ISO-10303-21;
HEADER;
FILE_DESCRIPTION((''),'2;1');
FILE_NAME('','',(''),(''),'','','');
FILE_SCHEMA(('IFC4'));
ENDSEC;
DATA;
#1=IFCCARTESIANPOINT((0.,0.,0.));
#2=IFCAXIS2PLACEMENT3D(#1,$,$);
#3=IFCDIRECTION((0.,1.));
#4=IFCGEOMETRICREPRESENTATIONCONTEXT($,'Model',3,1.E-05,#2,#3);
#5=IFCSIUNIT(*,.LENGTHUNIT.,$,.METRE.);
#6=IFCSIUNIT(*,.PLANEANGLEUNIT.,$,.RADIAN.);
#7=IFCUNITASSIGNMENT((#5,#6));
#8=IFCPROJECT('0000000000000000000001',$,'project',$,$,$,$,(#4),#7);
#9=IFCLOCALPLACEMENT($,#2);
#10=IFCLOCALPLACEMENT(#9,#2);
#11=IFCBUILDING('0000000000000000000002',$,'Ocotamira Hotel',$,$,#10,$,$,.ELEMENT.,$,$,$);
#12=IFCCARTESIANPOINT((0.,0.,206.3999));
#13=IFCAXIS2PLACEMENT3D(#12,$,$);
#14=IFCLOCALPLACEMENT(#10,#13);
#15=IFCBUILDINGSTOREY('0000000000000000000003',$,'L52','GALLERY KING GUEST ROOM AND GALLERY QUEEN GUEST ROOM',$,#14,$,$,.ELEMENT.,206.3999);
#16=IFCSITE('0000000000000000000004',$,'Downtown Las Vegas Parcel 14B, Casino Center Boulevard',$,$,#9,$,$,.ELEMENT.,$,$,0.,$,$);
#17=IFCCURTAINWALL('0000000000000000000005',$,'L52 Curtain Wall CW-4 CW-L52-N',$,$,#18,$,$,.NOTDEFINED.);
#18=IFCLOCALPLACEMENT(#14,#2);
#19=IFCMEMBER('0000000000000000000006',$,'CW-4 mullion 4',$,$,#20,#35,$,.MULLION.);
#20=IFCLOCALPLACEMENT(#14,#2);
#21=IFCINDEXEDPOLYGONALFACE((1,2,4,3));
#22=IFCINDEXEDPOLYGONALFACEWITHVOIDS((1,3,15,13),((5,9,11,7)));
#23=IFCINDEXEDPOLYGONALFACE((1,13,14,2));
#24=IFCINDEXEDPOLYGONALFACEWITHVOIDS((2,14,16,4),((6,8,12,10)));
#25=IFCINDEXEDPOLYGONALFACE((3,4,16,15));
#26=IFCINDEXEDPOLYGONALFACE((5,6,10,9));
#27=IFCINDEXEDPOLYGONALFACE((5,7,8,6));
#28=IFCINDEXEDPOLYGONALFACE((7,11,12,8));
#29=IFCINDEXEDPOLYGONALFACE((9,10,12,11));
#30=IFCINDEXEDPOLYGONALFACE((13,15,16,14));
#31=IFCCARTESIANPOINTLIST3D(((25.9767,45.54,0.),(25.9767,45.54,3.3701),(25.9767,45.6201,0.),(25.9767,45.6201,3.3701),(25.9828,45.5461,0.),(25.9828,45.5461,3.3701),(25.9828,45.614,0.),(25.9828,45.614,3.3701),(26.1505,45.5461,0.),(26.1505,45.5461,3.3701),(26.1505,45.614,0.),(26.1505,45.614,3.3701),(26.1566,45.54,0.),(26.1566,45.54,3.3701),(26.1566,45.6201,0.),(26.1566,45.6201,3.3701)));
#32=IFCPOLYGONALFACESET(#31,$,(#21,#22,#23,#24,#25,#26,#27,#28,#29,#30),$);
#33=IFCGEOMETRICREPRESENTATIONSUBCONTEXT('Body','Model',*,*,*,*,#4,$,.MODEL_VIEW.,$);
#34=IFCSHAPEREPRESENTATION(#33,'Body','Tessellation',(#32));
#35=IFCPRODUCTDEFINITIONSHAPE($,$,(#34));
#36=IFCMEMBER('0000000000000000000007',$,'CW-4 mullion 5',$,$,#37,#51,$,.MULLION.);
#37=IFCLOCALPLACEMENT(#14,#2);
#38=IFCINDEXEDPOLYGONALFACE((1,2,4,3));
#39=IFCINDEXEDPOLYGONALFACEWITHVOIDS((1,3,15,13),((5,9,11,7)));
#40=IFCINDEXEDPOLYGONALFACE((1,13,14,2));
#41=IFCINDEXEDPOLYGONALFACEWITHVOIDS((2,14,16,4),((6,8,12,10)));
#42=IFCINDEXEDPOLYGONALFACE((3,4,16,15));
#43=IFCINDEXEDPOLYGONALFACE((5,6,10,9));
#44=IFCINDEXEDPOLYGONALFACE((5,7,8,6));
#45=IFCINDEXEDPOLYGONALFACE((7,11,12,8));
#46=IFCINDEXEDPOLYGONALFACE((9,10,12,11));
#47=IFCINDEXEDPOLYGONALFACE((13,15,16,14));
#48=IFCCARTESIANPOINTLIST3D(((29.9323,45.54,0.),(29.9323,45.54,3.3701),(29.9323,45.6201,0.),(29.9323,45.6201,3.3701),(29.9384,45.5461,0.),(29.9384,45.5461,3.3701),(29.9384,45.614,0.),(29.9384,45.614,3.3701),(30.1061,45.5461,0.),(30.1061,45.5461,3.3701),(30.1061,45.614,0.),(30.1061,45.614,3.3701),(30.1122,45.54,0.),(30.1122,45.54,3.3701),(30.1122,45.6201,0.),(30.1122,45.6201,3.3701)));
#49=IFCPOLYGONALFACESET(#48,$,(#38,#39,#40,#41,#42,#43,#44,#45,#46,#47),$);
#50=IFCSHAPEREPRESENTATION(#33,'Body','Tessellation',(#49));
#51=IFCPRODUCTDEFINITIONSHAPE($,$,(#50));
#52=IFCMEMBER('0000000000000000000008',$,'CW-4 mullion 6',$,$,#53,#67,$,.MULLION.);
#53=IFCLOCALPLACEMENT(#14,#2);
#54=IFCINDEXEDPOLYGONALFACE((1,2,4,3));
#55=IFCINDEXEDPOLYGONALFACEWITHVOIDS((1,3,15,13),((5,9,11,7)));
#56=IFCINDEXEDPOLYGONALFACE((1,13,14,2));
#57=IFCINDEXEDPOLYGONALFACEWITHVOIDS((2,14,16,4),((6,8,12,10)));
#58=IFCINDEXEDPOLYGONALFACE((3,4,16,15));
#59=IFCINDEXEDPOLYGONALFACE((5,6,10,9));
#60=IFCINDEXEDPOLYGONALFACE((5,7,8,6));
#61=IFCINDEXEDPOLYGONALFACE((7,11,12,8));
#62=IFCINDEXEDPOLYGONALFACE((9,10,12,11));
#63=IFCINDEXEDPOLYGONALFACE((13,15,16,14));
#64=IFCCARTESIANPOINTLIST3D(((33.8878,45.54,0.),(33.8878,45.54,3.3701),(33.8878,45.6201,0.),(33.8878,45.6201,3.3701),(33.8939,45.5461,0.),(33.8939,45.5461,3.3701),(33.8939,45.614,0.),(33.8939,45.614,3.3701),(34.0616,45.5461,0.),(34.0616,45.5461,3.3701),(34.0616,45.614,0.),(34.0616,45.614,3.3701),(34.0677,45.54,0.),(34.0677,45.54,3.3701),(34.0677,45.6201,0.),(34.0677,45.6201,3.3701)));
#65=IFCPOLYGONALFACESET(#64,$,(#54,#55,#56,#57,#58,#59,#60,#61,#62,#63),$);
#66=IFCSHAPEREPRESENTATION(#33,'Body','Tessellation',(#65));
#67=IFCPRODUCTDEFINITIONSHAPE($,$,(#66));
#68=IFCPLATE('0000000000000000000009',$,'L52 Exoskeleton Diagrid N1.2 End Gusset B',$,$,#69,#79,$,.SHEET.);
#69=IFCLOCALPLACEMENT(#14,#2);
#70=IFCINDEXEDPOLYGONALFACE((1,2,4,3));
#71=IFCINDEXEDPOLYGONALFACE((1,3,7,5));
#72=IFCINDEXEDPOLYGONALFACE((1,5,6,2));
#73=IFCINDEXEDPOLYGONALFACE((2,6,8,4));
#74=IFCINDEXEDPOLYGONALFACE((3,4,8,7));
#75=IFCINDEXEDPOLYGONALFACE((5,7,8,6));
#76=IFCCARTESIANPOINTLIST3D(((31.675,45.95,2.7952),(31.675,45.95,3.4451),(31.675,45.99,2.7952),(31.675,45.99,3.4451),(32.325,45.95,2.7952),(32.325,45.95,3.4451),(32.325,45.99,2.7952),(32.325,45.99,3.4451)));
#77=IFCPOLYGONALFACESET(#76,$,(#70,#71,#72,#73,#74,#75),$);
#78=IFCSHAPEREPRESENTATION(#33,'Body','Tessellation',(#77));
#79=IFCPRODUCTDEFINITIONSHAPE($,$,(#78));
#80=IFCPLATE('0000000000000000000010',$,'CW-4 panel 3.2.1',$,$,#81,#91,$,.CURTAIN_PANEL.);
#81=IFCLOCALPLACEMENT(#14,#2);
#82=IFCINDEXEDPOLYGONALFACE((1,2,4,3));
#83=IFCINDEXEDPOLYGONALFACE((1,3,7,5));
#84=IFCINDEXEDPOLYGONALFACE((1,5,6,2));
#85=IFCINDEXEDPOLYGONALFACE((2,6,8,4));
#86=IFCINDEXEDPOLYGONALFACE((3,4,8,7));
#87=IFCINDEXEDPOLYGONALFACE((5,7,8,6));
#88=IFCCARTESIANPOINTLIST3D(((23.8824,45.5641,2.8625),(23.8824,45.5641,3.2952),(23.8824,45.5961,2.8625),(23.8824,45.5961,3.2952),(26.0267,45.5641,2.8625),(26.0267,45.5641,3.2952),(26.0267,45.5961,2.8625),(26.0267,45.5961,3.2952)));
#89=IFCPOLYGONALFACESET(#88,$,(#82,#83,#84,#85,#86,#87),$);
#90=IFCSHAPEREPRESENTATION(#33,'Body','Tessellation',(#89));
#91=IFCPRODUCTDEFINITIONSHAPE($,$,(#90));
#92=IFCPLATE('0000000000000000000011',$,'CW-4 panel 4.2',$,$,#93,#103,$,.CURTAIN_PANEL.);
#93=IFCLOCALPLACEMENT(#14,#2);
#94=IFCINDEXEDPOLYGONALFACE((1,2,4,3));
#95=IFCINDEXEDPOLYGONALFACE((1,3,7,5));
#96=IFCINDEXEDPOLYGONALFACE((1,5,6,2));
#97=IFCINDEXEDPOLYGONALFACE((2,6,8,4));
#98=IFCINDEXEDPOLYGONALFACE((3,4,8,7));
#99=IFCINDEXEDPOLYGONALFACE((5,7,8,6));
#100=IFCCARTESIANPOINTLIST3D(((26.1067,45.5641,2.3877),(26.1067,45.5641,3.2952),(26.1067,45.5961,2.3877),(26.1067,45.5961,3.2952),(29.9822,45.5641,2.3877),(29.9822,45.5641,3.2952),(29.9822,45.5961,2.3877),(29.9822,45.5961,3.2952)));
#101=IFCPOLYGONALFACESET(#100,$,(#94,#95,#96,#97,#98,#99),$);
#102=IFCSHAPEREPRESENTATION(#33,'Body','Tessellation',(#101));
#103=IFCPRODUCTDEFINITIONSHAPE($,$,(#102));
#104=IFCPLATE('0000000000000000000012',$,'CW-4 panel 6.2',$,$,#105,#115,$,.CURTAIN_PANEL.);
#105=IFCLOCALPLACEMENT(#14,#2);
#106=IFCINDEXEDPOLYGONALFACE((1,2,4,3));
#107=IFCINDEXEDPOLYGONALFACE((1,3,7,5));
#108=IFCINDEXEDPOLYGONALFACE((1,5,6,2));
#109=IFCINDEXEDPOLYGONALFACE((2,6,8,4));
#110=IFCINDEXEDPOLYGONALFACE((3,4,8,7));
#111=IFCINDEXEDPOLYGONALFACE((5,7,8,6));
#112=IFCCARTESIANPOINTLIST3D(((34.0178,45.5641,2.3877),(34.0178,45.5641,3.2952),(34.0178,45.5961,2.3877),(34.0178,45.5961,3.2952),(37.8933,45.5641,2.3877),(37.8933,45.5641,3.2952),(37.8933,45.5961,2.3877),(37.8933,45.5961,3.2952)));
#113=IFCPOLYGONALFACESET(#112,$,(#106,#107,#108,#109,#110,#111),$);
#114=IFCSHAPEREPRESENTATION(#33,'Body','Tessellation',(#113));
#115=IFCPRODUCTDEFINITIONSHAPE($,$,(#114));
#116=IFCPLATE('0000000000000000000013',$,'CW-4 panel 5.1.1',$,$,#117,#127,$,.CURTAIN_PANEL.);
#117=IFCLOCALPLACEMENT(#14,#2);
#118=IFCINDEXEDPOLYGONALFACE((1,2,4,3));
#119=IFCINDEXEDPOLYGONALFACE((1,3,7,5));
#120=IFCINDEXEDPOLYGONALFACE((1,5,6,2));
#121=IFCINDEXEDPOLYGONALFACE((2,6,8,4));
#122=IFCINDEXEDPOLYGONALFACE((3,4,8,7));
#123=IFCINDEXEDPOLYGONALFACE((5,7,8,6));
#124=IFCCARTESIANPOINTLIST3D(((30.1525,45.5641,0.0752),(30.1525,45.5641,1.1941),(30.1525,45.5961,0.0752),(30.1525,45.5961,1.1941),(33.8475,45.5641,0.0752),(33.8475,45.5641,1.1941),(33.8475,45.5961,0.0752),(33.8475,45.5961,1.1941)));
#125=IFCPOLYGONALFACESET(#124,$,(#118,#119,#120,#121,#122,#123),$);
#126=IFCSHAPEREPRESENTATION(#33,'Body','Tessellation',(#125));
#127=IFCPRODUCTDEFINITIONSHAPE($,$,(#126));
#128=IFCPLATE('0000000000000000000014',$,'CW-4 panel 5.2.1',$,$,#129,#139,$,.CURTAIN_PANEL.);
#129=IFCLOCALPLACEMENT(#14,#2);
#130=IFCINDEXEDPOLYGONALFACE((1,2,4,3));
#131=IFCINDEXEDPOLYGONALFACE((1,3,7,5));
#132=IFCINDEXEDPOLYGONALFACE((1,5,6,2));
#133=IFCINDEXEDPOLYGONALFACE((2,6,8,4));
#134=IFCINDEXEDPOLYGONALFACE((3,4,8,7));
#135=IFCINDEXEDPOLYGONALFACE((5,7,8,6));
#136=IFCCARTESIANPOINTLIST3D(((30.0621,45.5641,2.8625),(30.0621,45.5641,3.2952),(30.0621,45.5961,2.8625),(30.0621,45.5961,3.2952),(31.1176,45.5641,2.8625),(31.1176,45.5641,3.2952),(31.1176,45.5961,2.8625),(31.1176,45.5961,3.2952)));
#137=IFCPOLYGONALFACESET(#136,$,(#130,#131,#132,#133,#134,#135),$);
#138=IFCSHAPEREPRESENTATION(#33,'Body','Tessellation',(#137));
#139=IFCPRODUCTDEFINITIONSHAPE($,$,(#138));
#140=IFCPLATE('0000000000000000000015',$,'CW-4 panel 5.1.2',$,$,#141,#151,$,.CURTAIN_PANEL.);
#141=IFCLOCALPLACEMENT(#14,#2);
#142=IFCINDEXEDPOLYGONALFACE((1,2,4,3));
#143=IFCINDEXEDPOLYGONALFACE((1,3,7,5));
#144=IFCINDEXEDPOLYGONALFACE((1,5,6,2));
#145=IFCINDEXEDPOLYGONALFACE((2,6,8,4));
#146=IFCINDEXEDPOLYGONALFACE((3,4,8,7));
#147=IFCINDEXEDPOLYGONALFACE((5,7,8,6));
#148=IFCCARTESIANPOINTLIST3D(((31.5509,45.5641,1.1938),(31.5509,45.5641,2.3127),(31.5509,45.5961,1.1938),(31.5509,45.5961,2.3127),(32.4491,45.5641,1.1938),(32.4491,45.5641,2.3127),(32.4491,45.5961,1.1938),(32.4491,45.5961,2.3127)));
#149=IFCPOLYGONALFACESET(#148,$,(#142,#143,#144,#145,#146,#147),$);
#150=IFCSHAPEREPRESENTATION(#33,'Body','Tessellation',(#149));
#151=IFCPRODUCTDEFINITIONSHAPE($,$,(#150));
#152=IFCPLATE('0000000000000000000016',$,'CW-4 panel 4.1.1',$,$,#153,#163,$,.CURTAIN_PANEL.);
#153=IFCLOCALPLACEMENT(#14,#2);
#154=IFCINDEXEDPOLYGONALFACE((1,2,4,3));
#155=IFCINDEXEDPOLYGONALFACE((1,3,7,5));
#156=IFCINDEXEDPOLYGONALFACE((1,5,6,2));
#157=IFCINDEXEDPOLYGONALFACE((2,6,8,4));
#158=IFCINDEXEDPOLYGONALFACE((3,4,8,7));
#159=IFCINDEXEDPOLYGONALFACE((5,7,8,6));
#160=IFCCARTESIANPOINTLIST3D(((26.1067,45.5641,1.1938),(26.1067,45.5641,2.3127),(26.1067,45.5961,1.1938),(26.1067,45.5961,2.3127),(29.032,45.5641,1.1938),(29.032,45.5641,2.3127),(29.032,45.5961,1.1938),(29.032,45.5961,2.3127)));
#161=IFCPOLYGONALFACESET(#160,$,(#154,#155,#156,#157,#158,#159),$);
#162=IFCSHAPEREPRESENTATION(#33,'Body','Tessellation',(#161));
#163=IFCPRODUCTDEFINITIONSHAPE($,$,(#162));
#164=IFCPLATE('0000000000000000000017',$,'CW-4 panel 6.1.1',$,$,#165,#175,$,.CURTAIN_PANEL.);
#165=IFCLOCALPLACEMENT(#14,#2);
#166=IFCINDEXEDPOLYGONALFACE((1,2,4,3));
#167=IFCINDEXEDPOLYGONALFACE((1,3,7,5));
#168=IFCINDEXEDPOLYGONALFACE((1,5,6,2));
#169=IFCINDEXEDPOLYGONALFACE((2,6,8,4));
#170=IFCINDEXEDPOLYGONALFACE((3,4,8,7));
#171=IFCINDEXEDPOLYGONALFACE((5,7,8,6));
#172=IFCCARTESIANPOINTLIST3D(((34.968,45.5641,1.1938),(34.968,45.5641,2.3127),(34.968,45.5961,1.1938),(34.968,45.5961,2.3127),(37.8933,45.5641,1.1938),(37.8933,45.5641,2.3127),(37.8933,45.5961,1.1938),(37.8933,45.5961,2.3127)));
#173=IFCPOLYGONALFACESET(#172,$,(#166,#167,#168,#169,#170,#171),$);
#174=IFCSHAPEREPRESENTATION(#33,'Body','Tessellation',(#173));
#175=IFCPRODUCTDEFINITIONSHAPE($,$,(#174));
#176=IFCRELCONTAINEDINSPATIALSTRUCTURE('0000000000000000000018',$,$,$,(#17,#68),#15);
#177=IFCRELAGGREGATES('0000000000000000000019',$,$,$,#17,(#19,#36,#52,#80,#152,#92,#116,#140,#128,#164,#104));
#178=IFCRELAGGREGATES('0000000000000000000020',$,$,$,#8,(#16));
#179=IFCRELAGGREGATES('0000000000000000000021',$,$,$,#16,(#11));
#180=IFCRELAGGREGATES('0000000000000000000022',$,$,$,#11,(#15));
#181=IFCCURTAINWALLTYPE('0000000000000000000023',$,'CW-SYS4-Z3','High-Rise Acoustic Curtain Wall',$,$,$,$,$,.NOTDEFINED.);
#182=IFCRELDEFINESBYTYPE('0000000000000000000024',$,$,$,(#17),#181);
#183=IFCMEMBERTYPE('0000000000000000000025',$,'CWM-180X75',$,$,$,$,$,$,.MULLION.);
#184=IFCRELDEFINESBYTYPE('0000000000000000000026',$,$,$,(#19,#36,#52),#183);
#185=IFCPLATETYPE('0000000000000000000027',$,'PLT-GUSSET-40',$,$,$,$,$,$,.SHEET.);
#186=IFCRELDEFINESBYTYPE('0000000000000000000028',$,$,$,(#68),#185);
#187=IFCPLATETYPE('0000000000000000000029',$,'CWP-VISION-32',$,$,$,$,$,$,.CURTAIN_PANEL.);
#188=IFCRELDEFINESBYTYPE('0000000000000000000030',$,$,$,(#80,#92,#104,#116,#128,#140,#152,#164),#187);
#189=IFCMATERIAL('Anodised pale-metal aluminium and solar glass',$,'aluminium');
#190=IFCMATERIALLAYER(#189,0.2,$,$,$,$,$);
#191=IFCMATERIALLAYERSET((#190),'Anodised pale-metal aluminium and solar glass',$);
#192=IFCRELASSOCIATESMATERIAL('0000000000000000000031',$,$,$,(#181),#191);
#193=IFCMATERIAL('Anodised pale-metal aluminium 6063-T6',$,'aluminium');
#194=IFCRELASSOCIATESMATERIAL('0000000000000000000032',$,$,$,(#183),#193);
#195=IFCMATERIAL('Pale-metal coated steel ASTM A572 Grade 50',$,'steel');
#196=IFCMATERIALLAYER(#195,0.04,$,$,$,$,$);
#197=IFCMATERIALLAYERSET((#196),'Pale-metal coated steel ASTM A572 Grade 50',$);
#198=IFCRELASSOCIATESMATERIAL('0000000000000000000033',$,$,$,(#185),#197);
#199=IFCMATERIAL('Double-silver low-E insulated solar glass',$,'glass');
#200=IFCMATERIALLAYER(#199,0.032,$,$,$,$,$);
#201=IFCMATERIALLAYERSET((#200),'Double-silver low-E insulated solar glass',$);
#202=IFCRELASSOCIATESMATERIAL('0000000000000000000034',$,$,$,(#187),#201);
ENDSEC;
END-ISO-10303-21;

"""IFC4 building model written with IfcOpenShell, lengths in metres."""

from ifc_helpers import new_model, si_unit, direction, frame, origin, origin_2d, place, context, subcontext, project, spatial, rectangle, hollow_rectangle, extrude, source, transform, mapped, material, layer, layer_set, material_profile, profile_set, type_object, element, aggregate, save


model = new_model("IFC4")

# Units and contexts
model_context = context("Model", 3, precision=1e-05, world=origin(), true_north=direction((0.0, 1.0)))
body_context = subcontext(model_context, "Body", "Model", "MODEL_VIEW")
ifc_project = project(units=[si_unit("LENGTHUNIT", "METRE"), si_unit("PLANEANGLEUNIT", "RADIAN")], contexts=[model_context])

# Site, building, storey
site_placement = place(None, origin())
site = spatial("IfcSite", under=ifc_project, at=site_placement, Name="Downtown Las Vegas Parcel 14B, Casino Center Boulevard", CompositionType="ELEMENT", RefElevation=0.0)
building_placement = place(site_placement, origin())
building = spatial("IfcBuilding", under=site, at=building_placement, Name="Ocotamira Hotel", CompositionType="ELEMENT")
storey_placement = place(building_placement, frame((0.0, 0.0, 206.3999)))
storey = spatial("IfcBuildingStorey", under=building, at=storey_placement, Name="L52", Description="GALLERY KING GUEST ROOM AND GALLERY QUEEN GUEST ROOM", CompositionType="ELEMENT", Elevation=206.3999)

# Curtain wall, members
ifc_material_1 = material(Name="Anodised pale-metal aluminium and solar glass", Category="aluminium")
ifc_layer_1 = layer(ifc_material_1, 0.2)
ifc_layer_set_1 = layer_set([ifc_layer_1], Name="Anodised pale-metal aluminium and solar glass")
curtain_wall_type = type_object("IfcCurtainWallType", Name="CW-SYS4-Z3", Description="High-Rise Acoustic Curtain Wall", PredefinedType="NOTDEFINED", material=ifc_layer_set_1)
curtain_wall_placement = place(storey_placement, origin())
curtain_wall = element("IfcCurtainWall", 1, at=curtain_wall_placement, inside=storey, type_object=curtain_wall_type, Name="L52 Curtain Wall CW-4 CW-L52-N", PredefinedType="NOTDEFINED")
ifc_material_2 = material(Name="Anodised pale-metal aluminium 6063-T6", Category="aluminium")
ifc_material_profile_1 = material_profile(ifc_material_2, hollow_rectangle(XDim=0.0801, YDim=0.1799, WallThickness=0.0061, at=origin_2d()), Name="HSS180X80X6")
ifc_profile_set_1 = profile_set([ifc_material_profile_1], Name="Anodised pale-metal aluminium 6063-T6")
member_type_1 = type_object("IfcMemberType", Name="CWM-180X75", PredefinedType="MULLION", material=ifc_profile_set_1)
shared_shape_1 = source(origin(), body_context, "Body", "SweptSolid", [
    extrude(hollow_rectangle(XDim=0.0801, YDim=0.1799, WallThickness=0.0061, at=origin_2d()), origin(), (0.0, 0.0, 1.0), 3.3701),
])
member_1_placement = place(storey_placement, frame((26.0667, 45.5801, 0.0), z_axis=(0.0, 0.0, 1.0), x_axis=(0.0, 1.0, 0.0)))
member_1 = element("IfcMember", 2, at=member_1_placement, type_object=member_type_1, Name="CW-4 mullion 4", PredefinedType="MULLION", context=body_context, shape_type="MappedRepresentation", body=[
    mapped(shared_shape_1, transform((0.0, 0.0, 0.0), scale=1.0)),
])
member_2_placement = place(storey_placement, frame((30.0222, 45.5801, 0.0), z_axis=(0.0, 0.0, 1.0), x_axis=(0.0, 1.0, 0.0)))
member_2 = element("IfcMember", 3, at=member_2_placement, type_object=member_type_1, Name="CW-4 mullion 5", PredefinedType="MULLION", context=body_context, shape_type="MappedRepresentation", body=[
    mapped(shared_shape_1, transform((0.0, 0.0, 0.0), scale=1.0)),
])
member_3_placement = place(storey_placement, frame((33.9778, 45.5801, 0.0), z_axis=(0.0, 0.0, 1.0), x_axis=(0.0, 1.0, 0.0)))
member_3 = element("IfcMember", 4, at=member_3_placement, type_object=member_type_1, Name="CW-4 mullion 6", PredefinedType="MULLION", context=body_context, shape_type="MappedRepresentation", body=[
    mapped(shared_shape_1, transform((0.0, 0.0, 0.0), scale=1.0)),
])

# Plates
ifc_material_3 = material(Name="Pale-metal coated steel ASTM A572 Grade 50", Category="steel")
ifc_layer_2 = layer(ifc_material_3, 0.04)
ifc_layer_set_2 = layer_set([ifc_layer_2], Name="Pale-metal coated steel ASTM A572 Grade 50")
plate_type_1 = type_object("IfcPlateType", Name="PLT-GUSSET-40", PredefinedType="SHEET", material=ifc_layer_set_2)
shared_shape_2 = source(origin(), body_context, "Body", "SweptSolid", [
    extrude(rectangle(XDim=0.6499, YDim=0.04, at=origin_2d()), origin(), (0.0, 0.0, 1.0), 0.6499),
])
plate_1_placement = place(storey_placement, frame((32.0, 45.97, 2.7952), z_axis=(0.0, 0.0, 1.0), x_axis=(1.0, 0.0, 0.0)))
element("IfcPlate", 5, at=plate_1_placement, inside=storey, type_object=plate_type_1, Name="L52 Exoskeleton Diagrid N1.2 End Gusset B", PredefinedType="SHEET", context=body_context, shape_type="MappedRepresentation", body=[
    mapped(shared_shape_2, transform((0.0, 0.0, 0.0), scale=1.0)),
])
ifc_material_4 = material(Name="Double-silver low-E insulated solar glass", Category="glass")
ifc_layer_3 = layer(ifc_material_4, 0.032)
ifc_layer_set_3 = layer_set([ifc_layer_3], Name="Double-silver low-E insulated solar glass")
plate_type_2 = type_object("IfcPlateType", Name="CWP-VISION-32", PredefinedType="CURTAIN_PANEL", material=ifc_layer_set_3)
shared_shape_3 = source(origin(), body_context, "Body", "SweptSolid", [
    extrude(rectangle(XDim=2.1443, YDim=0.032, at=origin_2d()), origin(), (0.0, 0.0, 1.0), 0.4326),
])
plate_2_placement = place(storey_placement, frame((24.9546, 45.5801, 2.8625), z_axis=(0.0, 0.0, 1.0), x_axis=(1.0, 0.0, 0.0)))
plate_2 = element("IfcPlate", 6, at=plate_2_placement, type_object=plate_type_2, Name="CW-4 panel 3.2.1", PredefinedType="CURTAIN_PANEL", context=body_context, shape_type="MappedRepresentation", body=[
    mapped(shared_shape_3, transform((0.0, 0.0, 0.0), scale=1.0)),
])
shared_shape_4 = source(origin(), body_context, "Body", "SweptSolid", [
    extrude(rectangle(XDim=3.8755, YDim=0.032, at=origin_2d()), origin(), (0.0, 0.0, 1.0), 0.9075),
])
plate_3_placement = place(storey_placement, frame((28.0444, 45.5801, 2.3877), z_axis=(0.0, 0.0, 1.0), x_axis=(1.0, 0.0, 0.0)))
plate_3 = element("IfcPlate", 7, at=plate_3_placement, type_object=plate_type_2, Name="CW-4 panel 4.2", PredefinedType="CURTAIN_PANEL", context=body_context, shape_type="MappedRepresentation", body=[
    mapped(shared_shape_4, transform((0.0, 0.0, 0.0), scale=1.0)),
])
plate_4_placement = place(storey_placement, frame((35.9556, 45.5801, 2.3877), z_axis=(0.0, 0.0, 1.0), x_axis=(1.0, 0.0, 0.0)))
plate_4 = element("IfcPlate", 8, at=plate_4_placement, type_object=plate_type_2, Name="CW-4 panel 6.2", PredefinedType="CURTAIN_PANEL", context=body_context, shape_type="MappedRepresentation", body=[
    mapped(shared_shape_4, transform((0.0, 0.0, 0.0), scale=1.0)),
])
shared_shape_5 = source(origin(), body_context, "Body", "SweptSolid", [
    extrude(rectangle(XDim=3.6951, YDim=0.032, at=origin_2d()), origin(), (0.0, 0.0, 1.0), 1.1189),
])
plate_5_placement = place(storey_placement, frame((32.0, 45.5801, 0.0752), z_axis=(0.0, 0.0, 1.0), x_axis=(1.0, 0.0, 0.0)))
plate_5 = element("IfcPlate", 9, at=plate_5_placement, type_object=plate_type_2, Name="CW-4 panel 5.1.1", PredefinedType="CURTAIN_PANEL", context=body_context, shape_type="MappedRepresentation", body=[
    mapped(shared_shape_5, transform((0.0, 0.0, 0.0), scale=1.0)),
])
shared_shape_6 = source(origin(), body_context, "Body", "SweptSolid", [
    extrude(rectangle(XDim=1.0554, YDim=0.032, at=origin_2d()), origin(), (0.0, 0.0, 1.0), 0.4326),
])
plate_6_placement = place(storey_placement, frame((30.5898, 45.5801, 2.8625), z_axis=(0.0, 0.0, 1.0), x_axis=(1.0, 0.0, 0.0)))
plate_6 = element("IfcPlate", 10, at=plate_6_placement, type_object=plate_type_2, Name="CW-4 panel 5.2.1", PredefinedType="CURTAIN_PANEL", context=body_context, shape_type="MappedRepresentation", body=[
    mapped(shared_shape_6, transform((0.0, 0.0, 0.0), scale=1.0)),
])
shared_shape_7 = source(origin(), body_context, "Body", "SweptSolid", [
    extrude(rectangle(XDim=0.8982, YDim=0.032, at=origin_2d()), origin(), (0.0, 0.0, 1.0), 1.1189),
])
plate_7_placement = place(storey_placement, frame((32.0, 45.5801, 1.1938), z_axis=(0.0, 0.0, 1.0), x_axis=(1.0, 0.0, 0.0)))
plate_7 = element("IfcPlate", 11, at=plate_7_placement, type_object=plate_type_2, Name="CW-4 panel 5.1.2", PredefinedType="CURTAIN_PANEL", context=body_context, shape_type="MappedRepresentation", body=[
    mapped(shared_shape_7, transform((0.0, 0.0, 0.0), scale=1.0)),
])
shared_shape_8 = source(origin(), body_context, "Body", "SweptSolid", [
    extrude(rectangle(XDim=2.9253, YDim=0.032, at=origin_2d()), origin(), (0.0, 0.0, 1.0), 1.1189),
])
plate_8_placement = place(storey_placement, frame((27.5693, 45.5801, 1.1938), z_axis=(0.0, 0.0, 1.0), x_axis=(1.0, 0.0, 0.0)))
plate_8 = element("IfcPlate", 12, at=plate_8_placement, type_object=plate_type_2, Name="CW-4 panel 4.1.1", PredefinedType="CURTAIN_PANEL", context=body_context, shape_type="MappedRepresentation", body=[
    mapped(shared_shape_8, transform((0.0, 0.0, 0.0), scale=1.0)),
])
plate_9_placement = place(storey_placement, frame((36.4307, 45.5801, 1.1938), z_axis=(0.0, 0.0, 1.0), x_axis=(1.0, 0.0, 0.0)))
plate_9 = element("IfcPlate", 13, at=plate_9_placement, type_object=plate_type_2, Name="CW-4 panel 6.1.1", PredefinedType="CURTAIN_PANEL", context=body_context, shape_type="MappedRepresentation", body=[
    mapped(shared_shape_8, transform((0.0, 0.0, 0.0), scale=1.0)),
])
aggregate(curtain_wall, [member_1, member_2, member_3, plate_2, plate_8, plate_3, plate_5, plate_7, plate_6, plate_9, plate_4])

save(model, "model.ifc")
